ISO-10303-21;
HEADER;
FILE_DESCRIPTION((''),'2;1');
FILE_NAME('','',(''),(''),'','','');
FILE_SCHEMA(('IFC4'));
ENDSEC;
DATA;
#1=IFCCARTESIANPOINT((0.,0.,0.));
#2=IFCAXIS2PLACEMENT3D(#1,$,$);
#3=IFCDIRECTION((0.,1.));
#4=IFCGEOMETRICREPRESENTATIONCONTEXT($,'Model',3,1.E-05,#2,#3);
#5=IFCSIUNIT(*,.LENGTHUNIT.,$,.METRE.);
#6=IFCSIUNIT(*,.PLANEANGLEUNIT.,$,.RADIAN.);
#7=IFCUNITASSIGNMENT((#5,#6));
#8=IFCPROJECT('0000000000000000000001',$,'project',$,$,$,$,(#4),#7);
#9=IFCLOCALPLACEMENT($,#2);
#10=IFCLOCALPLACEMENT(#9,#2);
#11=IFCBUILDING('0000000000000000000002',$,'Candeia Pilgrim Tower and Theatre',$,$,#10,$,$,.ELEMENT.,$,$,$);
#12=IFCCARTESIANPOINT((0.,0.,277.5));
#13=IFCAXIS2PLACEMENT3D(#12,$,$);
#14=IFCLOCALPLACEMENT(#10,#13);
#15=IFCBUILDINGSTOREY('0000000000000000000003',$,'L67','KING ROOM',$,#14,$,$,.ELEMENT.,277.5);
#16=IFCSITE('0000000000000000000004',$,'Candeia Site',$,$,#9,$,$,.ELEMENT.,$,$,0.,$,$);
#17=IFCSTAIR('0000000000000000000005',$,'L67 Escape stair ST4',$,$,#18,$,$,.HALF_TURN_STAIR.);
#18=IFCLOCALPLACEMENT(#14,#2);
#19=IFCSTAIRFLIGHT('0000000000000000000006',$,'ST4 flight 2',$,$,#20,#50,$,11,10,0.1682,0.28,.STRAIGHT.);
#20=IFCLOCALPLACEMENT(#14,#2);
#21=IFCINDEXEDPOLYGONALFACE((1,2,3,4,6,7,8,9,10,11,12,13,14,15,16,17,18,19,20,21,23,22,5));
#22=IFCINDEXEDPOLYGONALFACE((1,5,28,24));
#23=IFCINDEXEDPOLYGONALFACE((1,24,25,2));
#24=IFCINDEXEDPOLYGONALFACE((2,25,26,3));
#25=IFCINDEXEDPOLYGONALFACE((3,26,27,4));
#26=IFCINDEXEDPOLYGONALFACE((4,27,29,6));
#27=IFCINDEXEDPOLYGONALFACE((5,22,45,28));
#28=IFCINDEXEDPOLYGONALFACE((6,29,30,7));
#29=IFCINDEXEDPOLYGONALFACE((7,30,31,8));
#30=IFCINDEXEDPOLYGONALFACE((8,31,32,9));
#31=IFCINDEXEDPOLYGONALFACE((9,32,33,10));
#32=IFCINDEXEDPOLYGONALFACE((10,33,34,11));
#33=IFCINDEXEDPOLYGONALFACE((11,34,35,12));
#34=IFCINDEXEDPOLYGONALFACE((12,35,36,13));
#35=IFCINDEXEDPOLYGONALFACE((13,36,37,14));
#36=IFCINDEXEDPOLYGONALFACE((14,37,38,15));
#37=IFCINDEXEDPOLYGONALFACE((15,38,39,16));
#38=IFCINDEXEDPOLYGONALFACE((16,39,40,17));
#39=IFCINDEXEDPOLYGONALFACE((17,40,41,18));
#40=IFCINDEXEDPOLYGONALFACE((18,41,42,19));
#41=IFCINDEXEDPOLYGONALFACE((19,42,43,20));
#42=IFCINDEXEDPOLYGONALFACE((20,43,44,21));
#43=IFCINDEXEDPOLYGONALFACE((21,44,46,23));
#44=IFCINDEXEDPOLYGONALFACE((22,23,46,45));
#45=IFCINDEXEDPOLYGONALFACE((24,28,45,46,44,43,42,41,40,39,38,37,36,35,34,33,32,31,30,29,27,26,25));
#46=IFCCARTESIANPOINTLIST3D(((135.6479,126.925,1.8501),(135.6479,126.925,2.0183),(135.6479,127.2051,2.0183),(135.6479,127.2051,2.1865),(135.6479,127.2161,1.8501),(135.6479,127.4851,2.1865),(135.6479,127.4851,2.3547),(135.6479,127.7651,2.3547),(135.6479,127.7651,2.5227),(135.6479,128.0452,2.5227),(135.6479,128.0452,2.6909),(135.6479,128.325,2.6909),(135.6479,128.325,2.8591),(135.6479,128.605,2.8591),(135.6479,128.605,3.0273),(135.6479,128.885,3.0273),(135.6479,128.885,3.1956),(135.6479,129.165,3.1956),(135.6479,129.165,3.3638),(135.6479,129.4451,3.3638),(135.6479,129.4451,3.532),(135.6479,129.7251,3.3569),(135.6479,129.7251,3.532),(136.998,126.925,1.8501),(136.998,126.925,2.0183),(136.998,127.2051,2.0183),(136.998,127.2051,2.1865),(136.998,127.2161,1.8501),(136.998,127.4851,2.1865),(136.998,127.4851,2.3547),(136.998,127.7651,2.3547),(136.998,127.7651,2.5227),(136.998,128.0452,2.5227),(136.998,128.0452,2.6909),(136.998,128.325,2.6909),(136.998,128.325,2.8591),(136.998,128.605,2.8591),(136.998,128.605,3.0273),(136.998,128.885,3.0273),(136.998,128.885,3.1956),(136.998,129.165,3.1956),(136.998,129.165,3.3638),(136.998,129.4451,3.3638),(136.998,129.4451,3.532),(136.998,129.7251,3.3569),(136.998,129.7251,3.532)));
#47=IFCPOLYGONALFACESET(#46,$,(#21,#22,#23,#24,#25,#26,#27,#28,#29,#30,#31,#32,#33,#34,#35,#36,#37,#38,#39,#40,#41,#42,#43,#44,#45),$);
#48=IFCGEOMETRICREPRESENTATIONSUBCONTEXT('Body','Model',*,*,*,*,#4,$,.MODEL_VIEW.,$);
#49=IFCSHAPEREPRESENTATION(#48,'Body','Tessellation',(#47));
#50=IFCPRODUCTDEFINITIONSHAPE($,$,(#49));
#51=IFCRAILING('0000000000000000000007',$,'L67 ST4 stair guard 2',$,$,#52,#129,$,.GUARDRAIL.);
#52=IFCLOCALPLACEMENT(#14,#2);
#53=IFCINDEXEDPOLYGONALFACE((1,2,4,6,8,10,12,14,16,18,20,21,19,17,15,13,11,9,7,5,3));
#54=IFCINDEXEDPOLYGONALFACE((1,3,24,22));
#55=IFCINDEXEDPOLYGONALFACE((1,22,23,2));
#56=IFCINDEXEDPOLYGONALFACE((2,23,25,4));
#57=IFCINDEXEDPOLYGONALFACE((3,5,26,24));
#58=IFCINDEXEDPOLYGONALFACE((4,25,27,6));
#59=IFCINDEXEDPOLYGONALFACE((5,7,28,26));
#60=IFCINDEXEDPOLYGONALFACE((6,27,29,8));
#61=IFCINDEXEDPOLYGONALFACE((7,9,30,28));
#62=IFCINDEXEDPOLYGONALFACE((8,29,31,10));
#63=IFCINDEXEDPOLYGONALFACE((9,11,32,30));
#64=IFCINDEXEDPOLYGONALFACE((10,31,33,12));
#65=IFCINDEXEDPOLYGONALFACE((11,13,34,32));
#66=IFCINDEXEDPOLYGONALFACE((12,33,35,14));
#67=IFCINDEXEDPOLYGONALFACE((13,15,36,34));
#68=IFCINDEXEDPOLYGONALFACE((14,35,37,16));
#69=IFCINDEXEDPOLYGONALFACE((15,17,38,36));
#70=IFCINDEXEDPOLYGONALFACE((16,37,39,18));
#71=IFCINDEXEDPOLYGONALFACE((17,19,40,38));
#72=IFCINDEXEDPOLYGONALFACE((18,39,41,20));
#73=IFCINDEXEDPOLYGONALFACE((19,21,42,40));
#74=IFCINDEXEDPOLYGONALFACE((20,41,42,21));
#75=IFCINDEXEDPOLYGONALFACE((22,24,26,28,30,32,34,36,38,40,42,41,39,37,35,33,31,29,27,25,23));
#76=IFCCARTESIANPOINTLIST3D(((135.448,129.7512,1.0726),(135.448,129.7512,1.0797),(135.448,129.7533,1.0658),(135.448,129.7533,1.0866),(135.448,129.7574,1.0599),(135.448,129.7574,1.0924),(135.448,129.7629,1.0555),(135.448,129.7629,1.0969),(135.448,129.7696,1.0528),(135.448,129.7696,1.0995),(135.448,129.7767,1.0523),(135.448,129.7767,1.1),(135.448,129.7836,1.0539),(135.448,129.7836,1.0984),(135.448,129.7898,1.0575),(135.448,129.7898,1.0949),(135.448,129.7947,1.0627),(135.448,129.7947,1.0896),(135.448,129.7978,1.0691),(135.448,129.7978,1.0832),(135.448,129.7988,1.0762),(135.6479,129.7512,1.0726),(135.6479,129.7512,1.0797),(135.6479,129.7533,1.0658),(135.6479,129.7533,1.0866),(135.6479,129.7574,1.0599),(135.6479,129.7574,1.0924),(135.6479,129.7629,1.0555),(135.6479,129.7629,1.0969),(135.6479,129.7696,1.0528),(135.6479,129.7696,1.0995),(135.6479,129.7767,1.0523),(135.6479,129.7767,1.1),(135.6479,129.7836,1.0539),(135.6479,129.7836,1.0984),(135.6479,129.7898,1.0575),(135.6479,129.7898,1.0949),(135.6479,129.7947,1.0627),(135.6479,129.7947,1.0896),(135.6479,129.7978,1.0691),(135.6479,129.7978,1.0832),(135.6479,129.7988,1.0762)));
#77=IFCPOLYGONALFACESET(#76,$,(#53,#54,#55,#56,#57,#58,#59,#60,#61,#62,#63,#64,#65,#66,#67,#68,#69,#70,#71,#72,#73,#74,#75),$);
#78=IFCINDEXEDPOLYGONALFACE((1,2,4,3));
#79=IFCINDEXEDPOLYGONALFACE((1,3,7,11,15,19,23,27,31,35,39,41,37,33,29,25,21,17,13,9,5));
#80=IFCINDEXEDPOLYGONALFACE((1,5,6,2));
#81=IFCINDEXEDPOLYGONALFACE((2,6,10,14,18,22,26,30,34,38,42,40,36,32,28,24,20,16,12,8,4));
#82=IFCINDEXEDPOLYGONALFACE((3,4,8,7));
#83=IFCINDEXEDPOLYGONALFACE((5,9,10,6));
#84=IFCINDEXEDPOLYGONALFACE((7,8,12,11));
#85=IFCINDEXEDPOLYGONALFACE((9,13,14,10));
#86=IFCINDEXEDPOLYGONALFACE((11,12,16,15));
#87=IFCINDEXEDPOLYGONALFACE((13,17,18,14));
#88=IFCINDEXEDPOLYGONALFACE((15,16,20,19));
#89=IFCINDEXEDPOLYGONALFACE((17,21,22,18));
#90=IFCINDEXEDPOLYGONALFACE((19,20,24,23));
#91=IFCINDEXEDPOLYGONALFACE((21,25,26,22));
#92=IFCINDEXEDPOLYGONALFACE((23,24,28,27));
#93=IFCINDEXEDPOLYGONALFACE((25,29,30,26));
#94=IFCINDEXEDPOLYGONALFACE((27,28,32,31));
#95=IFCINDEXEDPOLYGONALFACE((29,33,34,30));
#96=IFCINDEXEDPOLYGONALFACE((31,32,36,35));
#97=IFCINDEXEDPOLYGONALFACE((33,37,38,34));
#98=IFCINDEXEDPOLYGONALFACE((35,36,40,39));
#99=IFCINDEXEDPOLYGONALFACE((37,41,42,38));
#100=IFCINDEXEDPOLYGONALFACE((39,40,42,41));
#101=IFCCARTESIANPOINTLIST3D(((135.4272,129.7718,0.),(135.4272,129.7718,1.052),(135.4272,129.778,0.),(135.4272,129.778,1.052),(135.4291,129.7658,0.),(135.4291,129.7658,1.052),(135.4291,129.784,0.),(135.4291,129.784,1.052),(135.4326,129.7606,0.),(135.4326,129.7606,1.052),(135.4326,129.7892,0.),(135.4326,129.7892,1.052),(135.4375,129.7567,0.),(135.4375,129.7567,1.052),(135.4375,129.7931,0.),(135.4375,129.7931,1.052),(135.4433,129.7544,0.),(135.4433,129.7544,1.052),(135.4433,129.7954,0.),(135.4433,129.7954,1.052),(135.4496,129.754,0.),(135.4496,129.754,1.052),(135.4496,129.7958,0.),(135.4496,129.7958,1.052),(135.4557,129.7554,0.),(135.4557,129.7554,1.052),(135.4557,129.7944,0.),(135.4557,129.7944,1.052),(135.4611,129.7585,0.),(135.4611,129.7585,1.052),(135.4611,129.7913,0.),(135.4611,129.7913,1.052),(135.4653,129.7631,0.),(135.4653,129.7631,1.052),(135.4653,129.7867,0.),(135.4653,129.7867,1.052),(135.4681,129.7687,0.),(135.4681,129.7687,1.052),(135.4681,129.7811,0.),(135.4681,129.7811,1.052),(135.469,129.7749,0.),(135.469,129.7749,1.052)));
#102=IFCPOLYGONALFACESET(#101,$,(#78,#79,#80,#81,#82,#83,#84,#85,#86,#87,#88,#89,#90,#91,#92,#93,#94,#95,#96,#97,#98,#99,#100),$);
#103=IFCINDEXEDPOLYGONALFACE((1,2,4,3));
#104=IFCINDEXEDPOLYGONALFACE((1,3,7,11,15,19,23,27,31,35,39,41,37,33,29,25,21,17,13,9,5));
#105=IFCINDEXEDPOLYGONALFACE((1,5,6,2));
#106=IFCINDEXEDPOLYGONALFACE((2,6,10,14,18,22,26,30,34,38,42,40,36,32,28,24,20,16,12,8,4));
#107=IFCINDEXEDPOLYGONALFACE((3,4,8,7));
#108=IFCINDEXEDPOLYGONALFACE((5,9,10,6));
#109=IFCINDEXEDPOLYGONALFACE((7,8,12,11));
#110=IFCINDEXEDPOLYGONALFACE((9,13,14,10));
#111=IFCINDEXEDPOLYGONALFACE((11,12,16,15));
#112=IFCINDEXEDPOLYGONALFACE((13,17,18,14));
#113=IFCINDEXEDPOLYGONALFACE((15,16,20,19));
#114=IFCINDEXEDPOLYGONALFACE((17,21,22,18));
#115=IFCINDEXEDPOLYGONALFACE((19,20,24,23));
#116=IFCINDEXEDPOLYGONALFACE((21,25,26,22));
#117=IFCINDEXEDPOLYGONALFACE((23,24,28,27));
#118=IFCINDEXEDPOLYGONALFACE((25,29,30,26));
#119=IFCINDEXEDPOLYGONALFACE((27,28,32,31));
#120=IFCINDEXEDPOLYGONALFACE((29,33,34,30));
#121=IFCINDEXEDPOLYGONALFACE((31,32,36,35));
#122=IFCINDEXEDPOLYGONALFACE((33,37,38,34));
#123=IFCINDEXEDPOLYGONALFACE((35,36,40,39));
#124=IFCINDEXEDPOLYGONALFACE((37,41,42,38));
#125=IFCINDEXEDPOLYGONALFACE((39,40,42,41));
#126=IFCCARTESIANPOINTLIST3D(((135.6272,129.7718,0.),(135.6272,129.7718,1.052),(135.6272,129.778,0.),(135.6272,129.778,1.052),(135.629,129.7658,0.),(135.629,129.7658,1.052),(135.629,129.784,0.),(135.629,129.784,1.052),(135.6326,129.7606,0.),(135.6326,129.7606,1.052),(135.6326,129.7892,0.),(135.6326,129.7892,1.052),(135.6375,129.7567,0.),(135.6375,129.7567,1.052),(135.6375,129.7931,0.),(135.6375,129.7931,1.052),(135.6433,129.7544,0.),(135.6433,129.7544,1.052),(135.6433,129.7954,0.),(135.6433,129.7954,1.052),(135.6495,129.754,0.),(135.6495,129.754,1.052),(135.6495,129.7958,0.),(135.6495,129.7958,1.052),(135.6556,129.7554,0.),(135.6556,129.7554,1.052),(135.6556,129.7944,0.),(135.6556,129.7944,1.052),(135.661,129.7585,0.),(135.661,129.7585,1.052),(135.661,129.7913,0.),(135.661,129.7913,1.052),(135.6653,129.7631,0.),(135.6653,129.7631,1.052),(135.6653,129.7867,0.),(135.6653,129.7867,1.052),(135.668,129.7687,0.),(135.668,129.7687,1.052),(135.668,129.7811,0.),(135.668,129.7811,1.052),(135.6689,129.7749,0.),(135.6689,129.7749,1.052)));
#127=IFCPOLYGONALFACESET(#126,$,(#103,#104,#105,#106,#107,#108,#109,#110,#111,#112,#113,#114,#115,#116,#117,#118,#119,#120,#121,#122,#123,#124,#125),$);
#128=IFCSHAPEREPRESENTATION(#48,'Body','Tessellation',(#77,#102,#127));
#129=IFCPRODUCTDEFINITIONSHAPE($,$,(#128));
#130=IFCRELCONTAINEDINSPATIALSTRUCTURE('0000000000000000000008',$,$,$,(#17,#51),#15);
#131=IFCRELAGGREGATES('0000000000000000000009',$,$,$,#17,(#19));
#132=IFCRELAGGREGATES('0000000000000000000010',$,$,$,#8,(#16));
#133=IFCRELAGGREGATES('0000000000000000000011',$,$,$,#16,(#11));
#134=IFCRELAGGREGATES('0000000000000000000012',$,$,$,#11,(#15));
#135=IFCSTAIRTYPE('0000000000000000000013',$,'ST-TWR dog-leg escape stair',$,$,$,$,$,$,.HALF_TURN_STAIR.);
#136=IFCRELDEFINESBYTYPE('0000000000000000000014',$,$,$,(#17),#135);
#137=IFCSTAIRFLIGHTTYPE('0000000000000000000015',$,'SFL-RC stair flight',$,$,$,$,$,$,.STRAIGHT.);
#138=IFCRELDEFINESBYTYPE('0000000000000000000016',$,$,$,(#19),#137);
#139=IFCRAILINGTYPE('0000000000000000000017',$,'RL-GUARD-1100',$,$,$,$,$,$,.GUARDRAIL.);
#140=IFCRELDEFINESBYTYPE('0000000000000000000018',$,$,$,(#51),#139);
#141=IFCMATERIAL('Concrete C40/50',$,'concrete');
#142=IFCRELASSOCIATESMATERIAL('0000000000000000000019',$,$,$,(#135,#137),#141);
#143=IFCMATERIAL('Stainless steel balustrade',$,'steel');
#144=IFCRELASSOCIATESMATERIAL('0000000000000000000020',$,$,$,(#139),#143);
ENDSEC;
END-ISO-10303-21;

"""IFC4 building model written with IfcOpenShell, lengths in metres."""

from ifc_helpers import new_model, si_unit, direction, frame, origin, origin_2d, place, context, subcontext, project, spatial, polyline, circle, outline, extrude, material, type_object, element, aggregate, save


model = new_model("IFC4")

# Units and contexts
model_context = context("Model", 3, precision=1e-05, world=origin(), true_north=direction((0.0, 1.0)))
body_context = subcontext(model_context, "Body", "Model", "MODEL_VIEW")
ifc_project = project(units=[si_unit("LENGTHUNIT", "METRE"), si_unit("PLANEANGLEUNIT", "RADIAN")], contexts=[model_context])

# Site, building, storey
site_placement = place(None, origin())
site = spatial("IfcSite", under=ifc_project, at=site_placement, Name="Candeia Site", CompositionType="ELEMENT", RefElevation=0.0)
building_placement = place(site_placement, origin())
building = spatial("IfcBuilding", under=site, at=building_placement, Name="Candeia Pilgrim Tower and Theatre", CompositionType="ELEMENT")
storey_placement = place(building_placement, frame((0.0, 0.0, 277.5)))
storey = spatial("IfcBuildingStorey", under=building, at=storey_placement, Name="L67", Description="KING ROOM", CompositionType="ELEMENT", Elevation=277.5)

# Shared definitions
ifc_material_1 = material(Name="Concrete C40/50", Category="concrete")

# Stair, stair flight
stair_type = type_object("IfcStairType", Name="ST-TWR dog-leg escape stair", PredefinedType="HALF_TURN_STAIR", material=ifc_material_1)
stair_placement = place(storey_placement, origin())
stair = element("IfcStair", 1, at=stair_placement, inside=storey, type_object=stair_type, Name="L67 Escape stair ST4", PredefinedType="HALF_TURN_STAIR")
stair_flight_type = type_object("IfcStairFlightType", Name="SFL-RC stair flight", PredefinedType="STRAIGHT", material=ifc_material_1)
stair_flight_1_placement = place(storey_placement, frame((136.323, 126.925, 1.8501), z_axis=(0.0, 0.0, 1.0), x_axis=(0.0, 1.0, 0.0)))
stair_flight_1 = element("IfcStairFlight", 2, at=stair_flight_1_placement, type_object=stair_flight_type, Name="ST4 flight 2", NumberOfRisers=11, NumberOfTreads=10, PredefinedType="STRAIGHT", RiserHeight=0.1682, TreadLength=0.28, context=body_context, shape_type="SweptSolid", body=[
    extrude(outline(polyline([(0.0, 0.0), (0.0, 0.1682), (0.28, 0.1682), (0.28, 0.3364), (0.5601, 0.3364), (0.5601, 0.5046), (0.8401, 0.5046), (0.8401, 0.6726), (1.1201, 0.6726), (1.1201, 0.8408), (1.3999, 0.8408), (1.3999, 1.009), (1.6799, 1.009), (1.6799, 1.1772), (1.96, 1.1772), (1.96, 1.3455), (2.24, 1.3455), (2.24, 1.5137), (2.52, 1.5137), (2.52, 1.6819), (2.8, 1.6819), (2.8, 1.8501), (2.8, 1.5068), (0.291, 0.0), (0.0, 0.0)])), frame((0.0, 0.675, 0.0), z_axis=(0.0, -1.0, 0.0), x_axis=(1.0, 0.0, 0.0)), (0.0, 0.0, 1.0), 1.3501),
])
aggregate(stair, [stair_flight_1])

# Railing
ifc_material_2 = material(Name="Stainless steel balustrade", Category="steel")
railing_type_1 = type_object("IfcRailingType", Name="RL-GUARD-1100", PredefinedType="GUARDRAIL", material=ifc_material_2)
railing_1_placement = place(storey_placement, frame((135.448, 129.7749, 0.0)))
element("IfcRailing", 3, at=railing_1_placement, inside=storey, type_object=railing_type_1, Name="L67 ST4 stair guard 2", PredefinedType="GUARDRAIL", context=body_context, shape_type="SweptSolid", body=[
    extrude(circle(Radius=0.0239, at=origin_2d()), frame((0.0, 0.0, 1.0762), z_axis=(1.0, 0.0, 0.0), x_axis=(0.0, 1.0, 0.0)), (0.0, 0.0, 1.0), 0.2),
    extrude(circle(Radius=0.021, at=origin_2d()), origin(), (0.0, 0.0, 1.0), 1.052),
    extrude(circle(Radius=0.021, at=origin_2d()), frame((0.2, 0.0, 0.0)), (0.0, 0.0, 1.0), 1.052),
])

save(model, "model.ifc")
